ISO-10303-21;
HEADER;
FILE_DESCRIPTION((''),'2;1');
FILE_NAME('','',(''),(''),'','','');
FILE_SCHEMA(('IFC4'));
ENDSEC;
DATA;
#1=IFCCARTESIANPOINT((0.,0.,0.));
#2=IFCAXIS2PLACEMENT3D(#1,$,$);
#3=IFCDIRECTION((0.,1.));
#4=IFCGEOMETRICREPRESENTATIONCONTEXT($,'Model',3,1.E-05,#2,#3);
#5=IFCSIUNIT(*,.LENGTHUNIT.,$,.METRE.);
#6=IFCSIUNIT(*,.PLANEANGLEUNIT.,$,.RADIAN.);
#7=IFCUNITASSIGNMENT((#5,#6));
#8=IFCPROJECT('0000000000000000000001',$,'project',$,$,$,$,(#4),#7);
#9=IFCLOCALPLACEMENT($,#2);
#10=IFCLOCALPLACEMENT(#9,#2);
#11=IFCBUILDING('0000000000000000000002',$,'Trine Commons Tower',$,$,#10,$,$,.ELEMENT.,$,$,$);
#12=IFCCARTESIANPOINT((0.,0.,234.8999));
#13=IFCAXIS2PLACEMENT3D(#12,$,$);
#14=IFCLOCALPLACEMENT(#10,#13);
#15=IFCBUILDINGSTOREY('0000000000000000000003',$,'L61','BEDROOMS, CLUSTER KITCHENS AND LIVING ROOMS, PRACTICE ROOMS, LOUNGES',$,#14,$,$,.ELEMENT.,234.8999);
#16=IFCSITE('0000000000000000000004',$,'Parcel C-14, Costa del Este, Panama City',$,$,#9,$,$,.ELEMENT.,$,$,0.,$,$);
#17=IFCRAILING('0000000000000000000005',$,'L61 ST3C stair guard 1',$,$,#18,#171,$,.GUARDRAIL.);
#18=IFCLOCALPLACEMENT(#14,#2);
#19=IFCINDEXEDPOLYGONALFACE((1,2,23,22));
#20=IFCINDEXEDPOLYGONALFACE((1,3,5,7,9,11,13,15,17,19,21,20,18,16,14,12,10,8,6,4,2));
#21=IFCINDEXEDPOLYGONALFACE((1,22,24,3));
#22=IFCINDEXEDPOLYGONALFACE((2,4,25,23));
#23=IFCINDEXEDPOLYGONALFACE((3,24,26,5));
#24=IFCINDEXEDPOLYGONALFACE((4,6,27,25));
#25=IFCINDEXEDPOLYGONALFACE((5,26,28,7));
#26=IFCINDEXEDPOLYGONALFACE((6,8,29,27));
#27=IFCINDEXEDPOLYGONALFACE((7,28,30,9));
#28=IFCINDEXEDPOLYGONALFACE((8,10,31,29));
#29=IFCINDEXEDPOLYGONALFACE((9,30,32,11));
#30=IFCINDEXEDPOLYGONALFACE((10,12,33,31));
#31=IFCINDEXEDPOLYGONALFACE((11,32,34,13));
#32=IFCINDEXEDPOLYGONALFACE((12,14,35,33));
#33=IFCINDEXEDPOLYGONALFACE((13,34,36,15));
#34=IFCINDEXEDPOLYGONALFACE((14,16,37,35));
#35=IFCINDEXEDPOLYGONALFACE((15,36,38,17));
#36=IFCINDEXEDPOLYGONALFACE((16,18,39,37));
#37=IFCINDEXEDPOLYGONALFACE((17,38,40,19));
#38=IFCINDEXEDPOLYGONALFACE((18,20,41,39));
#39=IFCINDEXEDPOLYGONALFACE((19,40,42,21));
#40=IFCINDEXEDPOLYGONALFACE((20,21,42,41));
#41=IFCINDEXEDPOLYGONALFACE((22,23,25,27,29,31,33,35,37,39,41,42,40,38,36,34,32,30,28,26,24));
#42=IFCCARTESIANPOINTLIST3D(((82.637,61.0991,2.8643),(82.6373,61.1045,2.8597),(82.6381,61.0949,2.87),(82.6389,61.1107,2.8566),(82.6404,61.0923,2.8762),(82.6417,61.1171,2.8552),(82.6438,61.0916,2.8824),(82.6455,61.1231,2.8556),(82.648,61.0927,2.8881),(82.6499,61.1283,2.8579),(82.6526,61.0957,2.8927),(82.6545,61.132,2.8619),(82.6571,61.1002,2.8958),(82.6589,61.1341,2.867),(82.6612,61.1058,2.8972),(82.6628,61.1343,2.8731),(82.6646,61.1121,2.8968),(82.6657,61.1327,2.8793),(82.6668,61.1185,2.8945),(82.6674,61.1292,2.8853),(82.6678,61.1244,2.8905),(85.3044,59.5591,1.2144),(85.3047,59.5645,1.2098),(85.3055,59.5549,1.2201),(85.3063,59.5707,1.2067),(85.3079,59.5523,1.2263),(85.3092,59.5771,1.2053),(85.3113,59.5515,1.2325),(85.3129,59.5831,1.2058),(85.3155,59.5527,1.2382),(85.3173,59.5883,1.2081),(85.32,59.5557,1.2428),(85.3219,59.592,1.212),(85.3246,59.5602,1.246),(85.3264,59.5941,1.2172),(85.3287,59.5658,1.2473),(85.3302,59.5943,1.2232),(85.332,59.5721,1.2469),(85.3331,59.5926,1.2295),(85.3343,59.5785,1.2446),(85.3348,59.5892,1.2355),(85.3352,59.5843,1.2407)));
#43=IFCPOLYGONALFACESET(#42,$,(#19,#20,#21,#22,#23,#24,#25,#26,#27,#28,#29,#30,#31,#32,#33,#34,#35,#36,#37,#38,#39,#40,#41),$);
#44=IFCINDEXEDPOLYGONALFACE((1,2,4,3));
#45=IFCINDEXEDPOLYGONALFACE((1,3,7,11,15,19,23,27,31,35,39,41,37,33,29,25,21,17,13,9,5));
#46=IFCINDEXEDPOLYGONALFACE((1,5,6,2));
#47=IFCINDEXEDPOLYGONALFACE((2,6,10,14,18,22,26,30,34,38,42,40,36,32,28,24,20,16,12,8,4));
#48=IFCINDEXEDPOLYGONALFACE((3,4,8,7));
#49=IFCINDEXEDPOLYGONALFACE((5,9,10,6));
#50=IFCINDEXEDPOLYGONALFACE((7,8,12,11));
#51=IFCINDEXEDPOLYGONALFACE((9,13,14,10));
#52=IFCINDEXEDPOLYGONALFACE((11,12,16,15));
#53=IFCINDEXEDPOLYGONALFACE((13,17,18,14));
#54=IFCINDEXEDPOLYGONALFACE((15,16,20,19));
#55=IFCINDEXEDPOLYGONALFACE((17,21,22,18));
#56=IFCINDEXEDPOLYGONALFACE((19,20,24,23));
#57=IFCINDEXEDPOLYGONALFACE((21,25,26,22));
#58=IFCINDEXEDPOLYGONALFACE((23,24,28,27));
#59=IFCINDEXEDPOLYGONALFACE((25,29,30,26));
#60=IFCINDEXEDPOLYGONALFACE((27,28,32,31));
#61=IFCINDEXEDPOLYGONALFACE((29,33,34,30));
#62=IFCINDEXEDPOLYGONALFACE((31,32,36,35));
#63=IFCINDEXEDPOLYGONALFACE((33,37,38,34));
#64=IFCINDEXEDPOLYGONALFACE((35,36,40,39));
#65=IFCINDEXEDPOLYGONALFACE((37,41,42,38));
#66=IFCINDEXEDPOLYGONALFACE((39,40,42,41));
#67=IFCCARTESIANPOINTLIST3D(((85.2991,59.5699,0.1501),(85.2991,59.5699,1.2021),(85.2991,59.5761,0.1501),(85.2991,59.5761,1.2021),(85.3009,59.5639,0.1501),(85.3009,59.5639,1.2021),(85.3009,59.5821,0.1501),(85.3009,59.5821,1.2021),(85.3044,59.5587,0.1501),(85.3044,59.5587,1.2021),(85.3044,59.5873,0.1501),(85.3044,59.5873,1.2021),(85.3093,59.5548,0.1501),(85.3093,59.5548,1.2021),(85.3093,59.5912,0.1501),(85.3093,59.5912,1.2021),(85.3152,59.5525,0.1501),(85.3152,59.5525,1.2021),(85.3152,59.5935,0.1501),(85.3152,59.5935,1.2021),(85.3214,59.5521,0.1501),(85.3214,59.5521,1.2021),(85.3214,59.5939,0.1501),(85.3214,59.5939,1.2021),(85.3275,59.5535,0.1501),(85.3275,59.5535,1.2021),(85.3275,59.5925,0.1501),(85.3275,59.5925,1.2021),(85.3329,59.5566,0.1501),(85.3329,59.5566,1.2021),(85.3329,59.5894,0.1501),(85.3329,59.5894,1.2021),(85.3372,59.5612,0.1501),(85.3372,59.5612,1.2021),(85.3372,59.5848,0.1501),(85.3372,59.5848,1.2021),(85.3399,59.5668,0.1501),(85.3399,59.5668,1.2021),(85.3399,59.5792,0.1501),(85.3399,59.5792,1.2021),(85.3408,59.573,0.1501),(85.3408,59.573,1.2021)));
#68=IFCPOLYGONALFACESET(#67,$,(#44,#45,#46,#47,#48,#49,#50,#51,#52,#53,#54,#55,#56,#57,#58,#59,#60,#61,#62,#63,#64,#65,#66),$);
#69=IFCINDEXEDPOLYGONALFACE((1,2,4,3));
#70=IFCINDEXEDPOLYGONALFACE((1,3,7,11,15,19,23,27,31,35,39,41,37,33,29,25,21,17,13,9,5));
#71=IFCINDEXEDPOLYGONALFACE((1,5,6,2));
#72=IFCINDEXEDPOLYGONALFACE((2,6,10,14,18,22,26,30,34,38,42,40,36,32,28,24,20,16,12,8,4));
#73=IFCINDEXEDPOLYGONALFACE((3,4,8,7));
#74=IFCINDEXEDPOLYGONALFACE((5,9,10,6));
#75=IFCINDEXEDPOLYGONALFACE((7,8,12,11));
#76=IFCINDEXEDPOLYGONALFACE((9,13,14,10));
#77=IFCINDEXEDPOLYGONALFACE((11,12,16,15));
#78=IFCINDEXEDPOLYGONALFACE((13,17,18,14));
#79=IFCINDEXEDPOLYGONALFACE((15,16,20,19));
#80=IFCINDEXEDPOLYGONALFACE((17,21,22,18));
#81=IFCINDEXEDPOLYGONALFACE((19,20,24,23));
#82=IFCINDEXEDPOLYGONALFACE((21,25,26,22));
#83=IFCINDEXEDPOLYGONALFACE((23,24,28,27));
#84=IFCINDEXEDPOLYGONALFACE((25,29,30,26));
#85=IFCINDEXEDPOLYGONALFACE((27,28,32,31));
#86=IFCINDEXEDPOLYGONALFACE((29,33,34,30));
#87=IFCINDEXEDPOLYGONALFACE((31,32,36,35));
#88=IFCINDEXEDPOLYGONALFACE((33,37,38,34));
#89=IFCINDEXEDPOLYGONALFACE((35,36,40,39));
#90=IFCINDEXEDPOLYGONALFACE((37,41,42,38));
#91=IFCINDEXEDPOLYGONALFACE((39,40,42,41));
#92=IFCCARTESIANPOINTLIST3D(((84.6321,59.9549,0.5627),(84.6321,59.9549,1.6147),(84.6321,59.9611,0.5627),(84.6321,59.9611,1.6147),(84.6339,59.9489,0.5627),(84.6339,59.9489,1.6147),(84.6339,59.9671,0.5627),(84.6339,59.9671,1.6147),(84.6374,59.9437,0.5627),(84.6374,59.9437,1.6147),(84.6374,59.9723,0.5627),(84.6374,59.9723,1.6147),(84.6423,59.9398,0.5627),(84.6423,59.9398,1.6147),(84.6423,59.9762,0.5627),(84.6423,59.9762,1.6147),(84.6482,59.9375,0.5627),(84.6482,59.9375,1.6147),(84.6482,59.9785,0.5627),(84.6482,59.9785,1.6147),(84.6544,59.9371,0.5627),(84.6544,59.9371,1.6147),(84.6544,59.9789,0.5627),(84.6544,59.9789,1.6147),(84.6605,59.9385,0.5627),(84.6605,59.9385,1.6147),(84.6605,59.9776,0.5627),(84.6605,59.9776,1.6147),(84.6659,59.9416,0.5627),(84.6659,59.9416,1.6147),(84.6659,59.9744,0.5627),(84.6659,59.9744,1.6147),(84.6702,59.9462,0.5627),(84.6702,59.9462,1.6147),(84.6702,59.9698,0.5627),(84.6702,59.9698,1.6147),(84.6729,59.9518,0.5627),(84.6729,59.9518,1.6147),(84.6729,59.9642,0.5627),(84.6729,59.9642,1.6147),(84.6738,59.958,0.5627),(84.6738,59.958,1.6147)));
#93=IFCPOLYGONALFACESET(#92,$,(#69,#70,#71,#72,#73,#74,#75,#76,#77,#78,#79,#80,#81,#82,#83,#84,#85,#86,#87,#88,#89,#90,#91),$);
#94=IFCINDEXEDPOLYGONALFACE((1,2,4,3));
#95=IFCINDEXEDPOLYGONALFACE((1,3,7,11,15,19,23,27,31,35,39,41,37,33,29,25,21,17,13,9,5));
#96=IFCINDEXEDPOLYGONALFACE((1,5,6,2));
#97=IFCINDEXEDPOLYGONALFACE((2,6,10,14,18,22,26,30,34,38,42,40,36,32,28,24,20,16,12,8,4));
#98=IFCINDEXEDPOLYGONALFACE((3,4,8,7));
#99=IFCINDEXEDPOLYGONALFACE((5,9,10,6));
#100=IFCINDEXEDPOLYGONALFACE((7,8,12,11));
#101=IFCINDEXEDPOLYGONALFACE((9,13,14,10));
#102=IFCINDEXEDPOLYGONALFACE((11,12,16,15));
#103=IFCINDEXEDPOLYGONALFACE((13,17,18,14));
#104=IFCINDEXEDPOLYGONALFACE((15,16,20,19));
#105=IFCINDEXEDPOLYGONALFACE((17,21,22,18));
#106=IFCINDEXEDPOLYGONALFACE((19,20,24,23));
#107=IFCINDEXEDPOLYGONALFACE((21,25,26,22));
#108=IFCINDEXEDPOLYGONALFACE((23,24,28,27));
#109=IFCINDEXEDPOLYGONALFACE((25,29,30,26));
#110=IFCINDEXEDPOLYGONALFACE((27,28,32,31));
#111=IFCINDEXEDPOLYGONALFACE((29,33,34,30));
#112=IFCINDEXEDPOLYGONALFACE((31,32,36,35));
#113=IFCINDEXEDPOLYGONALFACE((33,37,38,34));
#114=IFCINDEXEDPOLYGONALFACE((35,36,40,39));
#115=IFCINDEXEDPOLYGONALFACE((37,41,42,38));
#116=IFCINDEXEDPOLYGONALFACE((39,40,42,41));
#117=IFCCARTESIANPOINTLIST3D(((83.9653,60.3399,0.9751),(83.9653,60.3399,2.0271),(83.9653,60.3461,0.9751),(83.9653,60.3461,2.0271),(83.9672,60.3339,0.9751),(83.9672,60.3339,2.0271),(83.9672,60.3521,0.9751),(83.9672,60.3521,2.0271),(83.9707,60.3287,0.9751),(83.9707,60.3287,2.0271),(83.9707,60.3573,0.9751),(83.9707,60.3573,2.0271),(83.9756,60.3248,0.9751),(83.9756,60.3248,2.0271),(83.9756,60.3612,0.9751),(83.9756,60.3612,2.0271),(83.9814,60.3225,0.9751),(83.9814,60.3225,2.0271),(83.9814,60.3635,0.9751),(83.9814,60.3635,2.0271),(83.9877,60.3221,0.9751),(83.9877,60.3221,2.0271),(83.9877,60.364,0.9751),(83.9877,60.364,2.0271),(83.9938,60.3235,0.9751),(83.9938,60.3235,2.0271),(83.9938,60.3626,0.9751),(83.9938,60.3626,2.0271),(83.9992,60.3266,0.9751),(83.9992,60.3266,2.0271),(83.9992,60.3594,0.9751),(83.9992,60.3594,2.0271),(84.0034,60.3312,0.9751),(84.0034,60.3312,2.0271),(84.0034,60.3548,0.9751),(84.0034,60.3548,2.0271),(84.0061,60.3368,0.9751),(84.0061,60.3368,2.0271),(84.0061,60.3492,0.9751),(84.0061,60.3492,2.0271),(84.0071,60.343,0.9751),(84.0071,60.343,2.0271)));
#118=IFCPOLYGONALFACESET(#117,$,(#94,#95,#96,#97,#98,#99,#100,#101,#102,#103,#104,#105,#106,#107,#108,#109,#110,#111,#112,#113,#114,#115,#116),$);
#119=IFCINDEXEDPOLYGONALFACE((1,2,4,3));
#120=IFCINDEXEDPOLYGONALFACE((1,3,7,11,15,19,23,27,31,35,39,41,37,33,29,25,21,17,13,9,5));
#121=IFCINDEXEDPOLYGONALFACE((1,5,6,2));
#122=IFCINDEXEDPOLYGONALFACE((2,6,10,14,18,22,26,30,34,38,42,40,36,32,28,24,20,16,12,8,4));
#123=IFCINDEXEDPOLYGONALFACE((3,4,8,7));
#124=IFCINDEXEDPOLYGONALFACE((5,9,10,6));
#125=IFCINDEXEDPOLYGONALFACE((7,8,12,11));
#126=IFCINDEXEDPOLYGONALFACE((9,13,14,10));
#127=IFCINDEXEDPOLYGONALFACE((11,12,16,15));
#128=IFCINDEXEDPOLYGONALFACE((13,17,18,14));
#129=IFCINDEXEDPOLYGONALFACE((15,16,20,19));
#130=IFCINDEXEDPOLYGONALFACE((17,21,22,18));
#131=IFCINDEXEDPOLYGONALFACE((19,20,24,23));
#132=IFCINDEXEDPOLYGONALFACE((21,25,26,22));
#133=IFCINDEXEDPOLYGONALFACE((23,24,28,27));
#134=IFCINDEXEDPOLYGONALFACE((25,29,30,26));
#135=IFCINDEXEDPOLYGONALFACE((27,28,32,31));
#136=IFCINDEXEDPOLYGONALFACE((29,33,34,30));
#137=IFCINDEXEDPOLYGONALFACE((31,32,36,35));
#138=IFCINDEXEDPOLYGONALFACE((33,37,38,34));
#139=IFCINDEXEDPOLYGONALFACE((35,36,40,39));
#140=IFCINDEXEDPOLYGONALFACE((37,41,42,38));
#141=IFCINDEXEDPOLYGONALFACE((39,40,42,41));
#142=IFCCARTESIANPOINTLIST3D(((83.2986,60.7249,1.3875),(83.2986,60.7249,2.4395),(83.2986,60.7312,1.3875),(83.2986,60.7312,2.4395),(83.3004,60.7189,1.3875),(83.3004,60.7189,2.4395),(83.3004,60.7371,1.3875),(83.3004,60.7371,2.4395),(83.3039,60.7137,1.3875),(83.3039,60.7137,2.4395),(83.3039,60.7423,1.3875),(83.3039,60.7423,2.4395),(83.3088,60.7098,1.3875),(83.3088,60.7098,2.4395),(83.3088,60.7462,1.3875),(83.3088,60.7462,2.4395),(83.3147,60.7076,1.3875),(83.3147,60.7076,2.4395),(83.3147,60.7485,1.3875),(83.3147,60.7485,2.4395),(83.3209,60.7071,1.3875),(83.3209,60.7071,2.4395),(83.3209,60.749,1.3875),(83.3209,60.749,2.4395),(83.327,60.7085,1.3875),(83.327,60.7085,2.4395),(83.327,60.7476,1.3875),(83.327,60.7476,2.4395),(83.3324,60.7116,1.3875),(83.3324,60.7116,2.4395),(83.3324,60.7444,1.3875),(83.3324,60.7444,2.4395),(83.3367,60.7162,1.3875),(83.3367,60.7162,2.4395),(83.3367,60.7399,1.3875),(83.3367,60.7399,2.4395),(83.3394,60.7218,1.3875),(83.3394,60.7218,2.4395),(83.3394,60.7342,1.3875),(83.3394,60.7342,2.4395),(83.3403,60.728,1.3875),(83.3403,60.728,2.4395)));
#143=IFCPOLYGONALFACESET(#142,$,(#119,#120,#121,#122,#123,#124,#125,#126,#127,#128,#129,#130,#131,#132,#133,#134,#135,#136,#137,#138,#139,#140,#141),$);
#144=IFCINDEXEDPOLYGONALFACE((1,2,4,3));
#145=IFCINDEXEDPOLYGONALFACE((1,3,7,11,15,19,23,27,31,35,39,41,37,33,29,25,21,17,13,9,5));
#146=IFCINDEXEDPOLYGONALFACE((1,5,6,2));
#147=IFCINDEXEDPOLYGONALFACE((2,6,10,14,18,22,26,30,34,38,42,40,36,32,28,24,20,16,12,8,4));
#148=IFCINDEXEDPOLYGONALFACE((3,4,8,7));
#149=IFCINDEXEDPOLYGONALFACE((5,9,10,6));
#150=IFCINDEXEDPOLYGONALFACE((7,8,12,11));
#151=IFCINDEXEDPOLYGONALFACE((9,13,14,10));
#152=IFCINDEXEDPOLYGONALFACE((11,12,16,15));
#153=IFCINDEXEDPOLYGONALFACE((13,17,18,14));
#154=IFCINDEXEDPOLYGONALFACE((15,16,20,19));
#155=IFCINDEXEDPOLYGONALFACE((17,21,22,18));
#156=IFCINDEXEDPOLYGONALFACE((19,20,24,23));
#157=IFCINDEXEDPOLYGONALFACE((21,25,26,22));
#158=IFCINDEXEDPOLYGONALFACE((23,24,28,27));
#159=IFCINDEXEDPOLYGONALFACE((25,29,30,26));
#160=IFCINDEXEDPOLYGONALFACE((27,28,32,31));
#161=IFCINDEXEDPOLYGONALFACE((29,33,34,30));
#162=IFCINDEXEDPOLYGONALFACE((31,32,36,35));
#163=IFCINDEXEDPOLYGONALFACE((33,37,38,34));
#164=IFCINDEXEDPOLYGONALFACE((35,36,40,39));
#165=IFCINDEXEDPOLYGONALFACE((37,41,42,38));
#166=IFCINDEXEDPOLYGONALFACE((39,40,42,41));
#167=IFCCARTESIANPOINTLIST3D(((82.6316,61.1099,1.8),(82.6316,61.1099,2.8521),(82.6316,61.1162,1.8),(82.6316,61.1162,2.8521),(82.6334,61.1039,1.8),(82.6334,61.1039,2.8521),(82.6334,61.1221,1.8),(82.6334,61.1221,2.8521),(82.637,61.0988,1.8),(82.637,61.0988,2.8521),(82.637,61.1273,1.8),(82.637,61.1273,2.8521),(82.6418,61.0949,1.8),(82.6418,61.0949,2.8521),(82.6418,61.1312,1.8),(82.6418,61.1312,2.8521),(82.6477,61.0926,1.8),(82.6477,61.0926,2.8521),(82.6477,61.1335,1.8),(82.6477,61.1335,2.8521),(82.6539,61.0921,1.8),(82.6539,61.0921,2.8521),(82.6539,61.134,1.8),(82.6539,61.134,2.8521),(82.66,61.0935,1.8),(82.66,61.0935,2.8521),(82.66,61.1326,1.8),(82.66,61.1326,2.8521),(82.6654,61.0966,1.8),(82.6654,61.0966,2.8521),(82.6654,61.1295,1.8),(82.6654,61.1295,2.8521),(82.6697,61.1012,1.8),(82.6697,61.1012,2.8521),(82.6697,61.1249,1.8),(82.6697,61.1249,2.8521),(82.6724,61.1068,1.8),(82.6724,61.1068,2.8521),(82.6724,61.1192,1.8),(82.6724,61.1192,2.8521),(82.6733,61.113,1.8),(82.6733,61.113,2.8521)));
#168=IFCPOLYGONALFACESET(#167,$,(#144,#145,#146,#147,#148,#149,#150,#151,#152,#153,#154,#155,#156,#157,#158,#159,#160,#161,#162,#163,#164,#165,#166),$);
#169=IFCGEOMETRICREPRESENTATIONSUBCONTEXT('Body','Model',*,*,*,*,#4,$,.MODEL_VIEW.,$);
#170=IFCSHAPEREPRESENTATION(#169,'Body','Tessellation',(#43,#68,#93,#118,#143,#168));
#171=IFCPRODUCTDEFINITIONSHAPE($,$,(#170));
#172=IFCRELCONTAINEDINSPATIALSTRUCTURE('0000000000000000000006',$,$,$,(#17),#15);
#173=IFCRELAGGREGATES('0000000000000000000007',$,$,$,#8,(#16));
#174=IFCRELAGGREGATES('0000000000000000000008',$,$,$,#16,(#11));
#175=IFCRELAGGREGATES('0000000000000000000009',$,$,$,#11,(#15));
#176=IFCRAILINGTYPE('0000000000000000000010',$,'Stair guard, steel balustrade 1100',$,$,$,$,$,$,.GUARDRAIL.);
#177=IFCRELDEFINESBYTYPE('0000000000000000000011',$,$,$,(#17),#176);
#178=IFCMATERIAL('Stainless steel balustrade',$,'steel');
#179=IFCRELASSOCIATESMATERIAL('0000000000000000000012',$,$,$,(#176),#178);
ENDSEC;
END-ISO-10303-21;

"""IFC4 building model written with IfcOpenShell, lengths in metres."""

from ifc_helpers import new_model, si_unit, direction, frame, origin, origin_2d, place, context, subcontext, project, spatial, circle, extrude, material, type_object, element, save


model = new_model("IFC4")

# Units and contexts
model_context = context("Model", 3, precision=1e-05, world=origin(), true_north=direction((0.0, 1.0)))
body_context = subcontext(model_context, "Body", "Model", "MODEL_VIEW")
ifc_project = project(units=[si_unit("LENGTHUNIT", "METRE"), si_unit("PLANEANGLEUNIT", "RADIAN")], contexts=[model_context])

# Site, building, storey
site_placement = place(None, origin())
site = spatial("IfcSite", under=ifc_project, at=site_placement, Name="Parcel C-14, Costa del Este, Panama City", CompositionType="ELEMENT", RefElevation=0.0)
building_placement = place(site_placement, origin())
building = spatial("IfcBuilding", under=site, at=building_placement, Name="Trine Commons Tower", CompositionType="ELEMENT")
storey_placement = place(building_placement, frame((0.0, 0.0, 234.8999)))
storey = spatial("IfcBuildingStorey", under=building, at=storey_placement, Name="L61", Description="BEDROOMS, CLUSTER KITCHENS AND LIVING ROOMS, PRACTICE ROOMS, LOUNGES", CompositionType="ELEMENT", Elevation=234.8999)

# Railing
ifc_material_1 = material(Name="Stainless steel balustrade", Category="steel")
railing_type_1 = type_object("IfcRailingType", Name="Stair guard, steel balustrade 1100", PredefinedType="GUARDRAIL", material=ifc_material_1)
railing_1_placement = place(storey_placement, frame((85.3198, 59.573, 0.1501)))
element("IfcRailing", 1, at=railing_1_placement, inside=storey, type_object=railing_type_1, Name="L61 ST3C stair guard 1", PredefinedType="GUARDRAIL", context=body_context, shape_type="SweptSolid", body=[
    extrude(circle(Radius=0.0239, at=origin_2d()), frame((0.0, 0.0, 1.0762), z_axis=(-0.763405, 0.440743, 0.472185), x_axis=(-0.499992, -0.86603, 0.0)), (0.0, 0.0, 1.0), 3.4941),
    extrude(circle(Radius=0.021, at=origin_2d()), origin(), (0.0, 0.0, 1.0), 1.052),
    extrude(circle(Radius=0.021, at=origin_2d()), frame((-0.667, 0.385, 0.4126)), (0.0, 0.0, 1.0), 1.052),
    extrude(circle(Radius=0.021, at=origin_2d()), frame((-1.3337, 0.77, 0.825)), (0.0, 0.0, 1.0), 1.052),
    extrude(circle(Radius=0.021, at=origin_2d()), frame((-2.0005, 1.155, 1.2373)), (0.0, 0.0, 1.0), 1.052),
    extrude(circle(Radius=0.021, at=origin_2d()), frame((-2.6675, 1.54, 1.6499)), (0.0, 0.0, 1.0), 1.052),
])

save(model, "model.ifc")
